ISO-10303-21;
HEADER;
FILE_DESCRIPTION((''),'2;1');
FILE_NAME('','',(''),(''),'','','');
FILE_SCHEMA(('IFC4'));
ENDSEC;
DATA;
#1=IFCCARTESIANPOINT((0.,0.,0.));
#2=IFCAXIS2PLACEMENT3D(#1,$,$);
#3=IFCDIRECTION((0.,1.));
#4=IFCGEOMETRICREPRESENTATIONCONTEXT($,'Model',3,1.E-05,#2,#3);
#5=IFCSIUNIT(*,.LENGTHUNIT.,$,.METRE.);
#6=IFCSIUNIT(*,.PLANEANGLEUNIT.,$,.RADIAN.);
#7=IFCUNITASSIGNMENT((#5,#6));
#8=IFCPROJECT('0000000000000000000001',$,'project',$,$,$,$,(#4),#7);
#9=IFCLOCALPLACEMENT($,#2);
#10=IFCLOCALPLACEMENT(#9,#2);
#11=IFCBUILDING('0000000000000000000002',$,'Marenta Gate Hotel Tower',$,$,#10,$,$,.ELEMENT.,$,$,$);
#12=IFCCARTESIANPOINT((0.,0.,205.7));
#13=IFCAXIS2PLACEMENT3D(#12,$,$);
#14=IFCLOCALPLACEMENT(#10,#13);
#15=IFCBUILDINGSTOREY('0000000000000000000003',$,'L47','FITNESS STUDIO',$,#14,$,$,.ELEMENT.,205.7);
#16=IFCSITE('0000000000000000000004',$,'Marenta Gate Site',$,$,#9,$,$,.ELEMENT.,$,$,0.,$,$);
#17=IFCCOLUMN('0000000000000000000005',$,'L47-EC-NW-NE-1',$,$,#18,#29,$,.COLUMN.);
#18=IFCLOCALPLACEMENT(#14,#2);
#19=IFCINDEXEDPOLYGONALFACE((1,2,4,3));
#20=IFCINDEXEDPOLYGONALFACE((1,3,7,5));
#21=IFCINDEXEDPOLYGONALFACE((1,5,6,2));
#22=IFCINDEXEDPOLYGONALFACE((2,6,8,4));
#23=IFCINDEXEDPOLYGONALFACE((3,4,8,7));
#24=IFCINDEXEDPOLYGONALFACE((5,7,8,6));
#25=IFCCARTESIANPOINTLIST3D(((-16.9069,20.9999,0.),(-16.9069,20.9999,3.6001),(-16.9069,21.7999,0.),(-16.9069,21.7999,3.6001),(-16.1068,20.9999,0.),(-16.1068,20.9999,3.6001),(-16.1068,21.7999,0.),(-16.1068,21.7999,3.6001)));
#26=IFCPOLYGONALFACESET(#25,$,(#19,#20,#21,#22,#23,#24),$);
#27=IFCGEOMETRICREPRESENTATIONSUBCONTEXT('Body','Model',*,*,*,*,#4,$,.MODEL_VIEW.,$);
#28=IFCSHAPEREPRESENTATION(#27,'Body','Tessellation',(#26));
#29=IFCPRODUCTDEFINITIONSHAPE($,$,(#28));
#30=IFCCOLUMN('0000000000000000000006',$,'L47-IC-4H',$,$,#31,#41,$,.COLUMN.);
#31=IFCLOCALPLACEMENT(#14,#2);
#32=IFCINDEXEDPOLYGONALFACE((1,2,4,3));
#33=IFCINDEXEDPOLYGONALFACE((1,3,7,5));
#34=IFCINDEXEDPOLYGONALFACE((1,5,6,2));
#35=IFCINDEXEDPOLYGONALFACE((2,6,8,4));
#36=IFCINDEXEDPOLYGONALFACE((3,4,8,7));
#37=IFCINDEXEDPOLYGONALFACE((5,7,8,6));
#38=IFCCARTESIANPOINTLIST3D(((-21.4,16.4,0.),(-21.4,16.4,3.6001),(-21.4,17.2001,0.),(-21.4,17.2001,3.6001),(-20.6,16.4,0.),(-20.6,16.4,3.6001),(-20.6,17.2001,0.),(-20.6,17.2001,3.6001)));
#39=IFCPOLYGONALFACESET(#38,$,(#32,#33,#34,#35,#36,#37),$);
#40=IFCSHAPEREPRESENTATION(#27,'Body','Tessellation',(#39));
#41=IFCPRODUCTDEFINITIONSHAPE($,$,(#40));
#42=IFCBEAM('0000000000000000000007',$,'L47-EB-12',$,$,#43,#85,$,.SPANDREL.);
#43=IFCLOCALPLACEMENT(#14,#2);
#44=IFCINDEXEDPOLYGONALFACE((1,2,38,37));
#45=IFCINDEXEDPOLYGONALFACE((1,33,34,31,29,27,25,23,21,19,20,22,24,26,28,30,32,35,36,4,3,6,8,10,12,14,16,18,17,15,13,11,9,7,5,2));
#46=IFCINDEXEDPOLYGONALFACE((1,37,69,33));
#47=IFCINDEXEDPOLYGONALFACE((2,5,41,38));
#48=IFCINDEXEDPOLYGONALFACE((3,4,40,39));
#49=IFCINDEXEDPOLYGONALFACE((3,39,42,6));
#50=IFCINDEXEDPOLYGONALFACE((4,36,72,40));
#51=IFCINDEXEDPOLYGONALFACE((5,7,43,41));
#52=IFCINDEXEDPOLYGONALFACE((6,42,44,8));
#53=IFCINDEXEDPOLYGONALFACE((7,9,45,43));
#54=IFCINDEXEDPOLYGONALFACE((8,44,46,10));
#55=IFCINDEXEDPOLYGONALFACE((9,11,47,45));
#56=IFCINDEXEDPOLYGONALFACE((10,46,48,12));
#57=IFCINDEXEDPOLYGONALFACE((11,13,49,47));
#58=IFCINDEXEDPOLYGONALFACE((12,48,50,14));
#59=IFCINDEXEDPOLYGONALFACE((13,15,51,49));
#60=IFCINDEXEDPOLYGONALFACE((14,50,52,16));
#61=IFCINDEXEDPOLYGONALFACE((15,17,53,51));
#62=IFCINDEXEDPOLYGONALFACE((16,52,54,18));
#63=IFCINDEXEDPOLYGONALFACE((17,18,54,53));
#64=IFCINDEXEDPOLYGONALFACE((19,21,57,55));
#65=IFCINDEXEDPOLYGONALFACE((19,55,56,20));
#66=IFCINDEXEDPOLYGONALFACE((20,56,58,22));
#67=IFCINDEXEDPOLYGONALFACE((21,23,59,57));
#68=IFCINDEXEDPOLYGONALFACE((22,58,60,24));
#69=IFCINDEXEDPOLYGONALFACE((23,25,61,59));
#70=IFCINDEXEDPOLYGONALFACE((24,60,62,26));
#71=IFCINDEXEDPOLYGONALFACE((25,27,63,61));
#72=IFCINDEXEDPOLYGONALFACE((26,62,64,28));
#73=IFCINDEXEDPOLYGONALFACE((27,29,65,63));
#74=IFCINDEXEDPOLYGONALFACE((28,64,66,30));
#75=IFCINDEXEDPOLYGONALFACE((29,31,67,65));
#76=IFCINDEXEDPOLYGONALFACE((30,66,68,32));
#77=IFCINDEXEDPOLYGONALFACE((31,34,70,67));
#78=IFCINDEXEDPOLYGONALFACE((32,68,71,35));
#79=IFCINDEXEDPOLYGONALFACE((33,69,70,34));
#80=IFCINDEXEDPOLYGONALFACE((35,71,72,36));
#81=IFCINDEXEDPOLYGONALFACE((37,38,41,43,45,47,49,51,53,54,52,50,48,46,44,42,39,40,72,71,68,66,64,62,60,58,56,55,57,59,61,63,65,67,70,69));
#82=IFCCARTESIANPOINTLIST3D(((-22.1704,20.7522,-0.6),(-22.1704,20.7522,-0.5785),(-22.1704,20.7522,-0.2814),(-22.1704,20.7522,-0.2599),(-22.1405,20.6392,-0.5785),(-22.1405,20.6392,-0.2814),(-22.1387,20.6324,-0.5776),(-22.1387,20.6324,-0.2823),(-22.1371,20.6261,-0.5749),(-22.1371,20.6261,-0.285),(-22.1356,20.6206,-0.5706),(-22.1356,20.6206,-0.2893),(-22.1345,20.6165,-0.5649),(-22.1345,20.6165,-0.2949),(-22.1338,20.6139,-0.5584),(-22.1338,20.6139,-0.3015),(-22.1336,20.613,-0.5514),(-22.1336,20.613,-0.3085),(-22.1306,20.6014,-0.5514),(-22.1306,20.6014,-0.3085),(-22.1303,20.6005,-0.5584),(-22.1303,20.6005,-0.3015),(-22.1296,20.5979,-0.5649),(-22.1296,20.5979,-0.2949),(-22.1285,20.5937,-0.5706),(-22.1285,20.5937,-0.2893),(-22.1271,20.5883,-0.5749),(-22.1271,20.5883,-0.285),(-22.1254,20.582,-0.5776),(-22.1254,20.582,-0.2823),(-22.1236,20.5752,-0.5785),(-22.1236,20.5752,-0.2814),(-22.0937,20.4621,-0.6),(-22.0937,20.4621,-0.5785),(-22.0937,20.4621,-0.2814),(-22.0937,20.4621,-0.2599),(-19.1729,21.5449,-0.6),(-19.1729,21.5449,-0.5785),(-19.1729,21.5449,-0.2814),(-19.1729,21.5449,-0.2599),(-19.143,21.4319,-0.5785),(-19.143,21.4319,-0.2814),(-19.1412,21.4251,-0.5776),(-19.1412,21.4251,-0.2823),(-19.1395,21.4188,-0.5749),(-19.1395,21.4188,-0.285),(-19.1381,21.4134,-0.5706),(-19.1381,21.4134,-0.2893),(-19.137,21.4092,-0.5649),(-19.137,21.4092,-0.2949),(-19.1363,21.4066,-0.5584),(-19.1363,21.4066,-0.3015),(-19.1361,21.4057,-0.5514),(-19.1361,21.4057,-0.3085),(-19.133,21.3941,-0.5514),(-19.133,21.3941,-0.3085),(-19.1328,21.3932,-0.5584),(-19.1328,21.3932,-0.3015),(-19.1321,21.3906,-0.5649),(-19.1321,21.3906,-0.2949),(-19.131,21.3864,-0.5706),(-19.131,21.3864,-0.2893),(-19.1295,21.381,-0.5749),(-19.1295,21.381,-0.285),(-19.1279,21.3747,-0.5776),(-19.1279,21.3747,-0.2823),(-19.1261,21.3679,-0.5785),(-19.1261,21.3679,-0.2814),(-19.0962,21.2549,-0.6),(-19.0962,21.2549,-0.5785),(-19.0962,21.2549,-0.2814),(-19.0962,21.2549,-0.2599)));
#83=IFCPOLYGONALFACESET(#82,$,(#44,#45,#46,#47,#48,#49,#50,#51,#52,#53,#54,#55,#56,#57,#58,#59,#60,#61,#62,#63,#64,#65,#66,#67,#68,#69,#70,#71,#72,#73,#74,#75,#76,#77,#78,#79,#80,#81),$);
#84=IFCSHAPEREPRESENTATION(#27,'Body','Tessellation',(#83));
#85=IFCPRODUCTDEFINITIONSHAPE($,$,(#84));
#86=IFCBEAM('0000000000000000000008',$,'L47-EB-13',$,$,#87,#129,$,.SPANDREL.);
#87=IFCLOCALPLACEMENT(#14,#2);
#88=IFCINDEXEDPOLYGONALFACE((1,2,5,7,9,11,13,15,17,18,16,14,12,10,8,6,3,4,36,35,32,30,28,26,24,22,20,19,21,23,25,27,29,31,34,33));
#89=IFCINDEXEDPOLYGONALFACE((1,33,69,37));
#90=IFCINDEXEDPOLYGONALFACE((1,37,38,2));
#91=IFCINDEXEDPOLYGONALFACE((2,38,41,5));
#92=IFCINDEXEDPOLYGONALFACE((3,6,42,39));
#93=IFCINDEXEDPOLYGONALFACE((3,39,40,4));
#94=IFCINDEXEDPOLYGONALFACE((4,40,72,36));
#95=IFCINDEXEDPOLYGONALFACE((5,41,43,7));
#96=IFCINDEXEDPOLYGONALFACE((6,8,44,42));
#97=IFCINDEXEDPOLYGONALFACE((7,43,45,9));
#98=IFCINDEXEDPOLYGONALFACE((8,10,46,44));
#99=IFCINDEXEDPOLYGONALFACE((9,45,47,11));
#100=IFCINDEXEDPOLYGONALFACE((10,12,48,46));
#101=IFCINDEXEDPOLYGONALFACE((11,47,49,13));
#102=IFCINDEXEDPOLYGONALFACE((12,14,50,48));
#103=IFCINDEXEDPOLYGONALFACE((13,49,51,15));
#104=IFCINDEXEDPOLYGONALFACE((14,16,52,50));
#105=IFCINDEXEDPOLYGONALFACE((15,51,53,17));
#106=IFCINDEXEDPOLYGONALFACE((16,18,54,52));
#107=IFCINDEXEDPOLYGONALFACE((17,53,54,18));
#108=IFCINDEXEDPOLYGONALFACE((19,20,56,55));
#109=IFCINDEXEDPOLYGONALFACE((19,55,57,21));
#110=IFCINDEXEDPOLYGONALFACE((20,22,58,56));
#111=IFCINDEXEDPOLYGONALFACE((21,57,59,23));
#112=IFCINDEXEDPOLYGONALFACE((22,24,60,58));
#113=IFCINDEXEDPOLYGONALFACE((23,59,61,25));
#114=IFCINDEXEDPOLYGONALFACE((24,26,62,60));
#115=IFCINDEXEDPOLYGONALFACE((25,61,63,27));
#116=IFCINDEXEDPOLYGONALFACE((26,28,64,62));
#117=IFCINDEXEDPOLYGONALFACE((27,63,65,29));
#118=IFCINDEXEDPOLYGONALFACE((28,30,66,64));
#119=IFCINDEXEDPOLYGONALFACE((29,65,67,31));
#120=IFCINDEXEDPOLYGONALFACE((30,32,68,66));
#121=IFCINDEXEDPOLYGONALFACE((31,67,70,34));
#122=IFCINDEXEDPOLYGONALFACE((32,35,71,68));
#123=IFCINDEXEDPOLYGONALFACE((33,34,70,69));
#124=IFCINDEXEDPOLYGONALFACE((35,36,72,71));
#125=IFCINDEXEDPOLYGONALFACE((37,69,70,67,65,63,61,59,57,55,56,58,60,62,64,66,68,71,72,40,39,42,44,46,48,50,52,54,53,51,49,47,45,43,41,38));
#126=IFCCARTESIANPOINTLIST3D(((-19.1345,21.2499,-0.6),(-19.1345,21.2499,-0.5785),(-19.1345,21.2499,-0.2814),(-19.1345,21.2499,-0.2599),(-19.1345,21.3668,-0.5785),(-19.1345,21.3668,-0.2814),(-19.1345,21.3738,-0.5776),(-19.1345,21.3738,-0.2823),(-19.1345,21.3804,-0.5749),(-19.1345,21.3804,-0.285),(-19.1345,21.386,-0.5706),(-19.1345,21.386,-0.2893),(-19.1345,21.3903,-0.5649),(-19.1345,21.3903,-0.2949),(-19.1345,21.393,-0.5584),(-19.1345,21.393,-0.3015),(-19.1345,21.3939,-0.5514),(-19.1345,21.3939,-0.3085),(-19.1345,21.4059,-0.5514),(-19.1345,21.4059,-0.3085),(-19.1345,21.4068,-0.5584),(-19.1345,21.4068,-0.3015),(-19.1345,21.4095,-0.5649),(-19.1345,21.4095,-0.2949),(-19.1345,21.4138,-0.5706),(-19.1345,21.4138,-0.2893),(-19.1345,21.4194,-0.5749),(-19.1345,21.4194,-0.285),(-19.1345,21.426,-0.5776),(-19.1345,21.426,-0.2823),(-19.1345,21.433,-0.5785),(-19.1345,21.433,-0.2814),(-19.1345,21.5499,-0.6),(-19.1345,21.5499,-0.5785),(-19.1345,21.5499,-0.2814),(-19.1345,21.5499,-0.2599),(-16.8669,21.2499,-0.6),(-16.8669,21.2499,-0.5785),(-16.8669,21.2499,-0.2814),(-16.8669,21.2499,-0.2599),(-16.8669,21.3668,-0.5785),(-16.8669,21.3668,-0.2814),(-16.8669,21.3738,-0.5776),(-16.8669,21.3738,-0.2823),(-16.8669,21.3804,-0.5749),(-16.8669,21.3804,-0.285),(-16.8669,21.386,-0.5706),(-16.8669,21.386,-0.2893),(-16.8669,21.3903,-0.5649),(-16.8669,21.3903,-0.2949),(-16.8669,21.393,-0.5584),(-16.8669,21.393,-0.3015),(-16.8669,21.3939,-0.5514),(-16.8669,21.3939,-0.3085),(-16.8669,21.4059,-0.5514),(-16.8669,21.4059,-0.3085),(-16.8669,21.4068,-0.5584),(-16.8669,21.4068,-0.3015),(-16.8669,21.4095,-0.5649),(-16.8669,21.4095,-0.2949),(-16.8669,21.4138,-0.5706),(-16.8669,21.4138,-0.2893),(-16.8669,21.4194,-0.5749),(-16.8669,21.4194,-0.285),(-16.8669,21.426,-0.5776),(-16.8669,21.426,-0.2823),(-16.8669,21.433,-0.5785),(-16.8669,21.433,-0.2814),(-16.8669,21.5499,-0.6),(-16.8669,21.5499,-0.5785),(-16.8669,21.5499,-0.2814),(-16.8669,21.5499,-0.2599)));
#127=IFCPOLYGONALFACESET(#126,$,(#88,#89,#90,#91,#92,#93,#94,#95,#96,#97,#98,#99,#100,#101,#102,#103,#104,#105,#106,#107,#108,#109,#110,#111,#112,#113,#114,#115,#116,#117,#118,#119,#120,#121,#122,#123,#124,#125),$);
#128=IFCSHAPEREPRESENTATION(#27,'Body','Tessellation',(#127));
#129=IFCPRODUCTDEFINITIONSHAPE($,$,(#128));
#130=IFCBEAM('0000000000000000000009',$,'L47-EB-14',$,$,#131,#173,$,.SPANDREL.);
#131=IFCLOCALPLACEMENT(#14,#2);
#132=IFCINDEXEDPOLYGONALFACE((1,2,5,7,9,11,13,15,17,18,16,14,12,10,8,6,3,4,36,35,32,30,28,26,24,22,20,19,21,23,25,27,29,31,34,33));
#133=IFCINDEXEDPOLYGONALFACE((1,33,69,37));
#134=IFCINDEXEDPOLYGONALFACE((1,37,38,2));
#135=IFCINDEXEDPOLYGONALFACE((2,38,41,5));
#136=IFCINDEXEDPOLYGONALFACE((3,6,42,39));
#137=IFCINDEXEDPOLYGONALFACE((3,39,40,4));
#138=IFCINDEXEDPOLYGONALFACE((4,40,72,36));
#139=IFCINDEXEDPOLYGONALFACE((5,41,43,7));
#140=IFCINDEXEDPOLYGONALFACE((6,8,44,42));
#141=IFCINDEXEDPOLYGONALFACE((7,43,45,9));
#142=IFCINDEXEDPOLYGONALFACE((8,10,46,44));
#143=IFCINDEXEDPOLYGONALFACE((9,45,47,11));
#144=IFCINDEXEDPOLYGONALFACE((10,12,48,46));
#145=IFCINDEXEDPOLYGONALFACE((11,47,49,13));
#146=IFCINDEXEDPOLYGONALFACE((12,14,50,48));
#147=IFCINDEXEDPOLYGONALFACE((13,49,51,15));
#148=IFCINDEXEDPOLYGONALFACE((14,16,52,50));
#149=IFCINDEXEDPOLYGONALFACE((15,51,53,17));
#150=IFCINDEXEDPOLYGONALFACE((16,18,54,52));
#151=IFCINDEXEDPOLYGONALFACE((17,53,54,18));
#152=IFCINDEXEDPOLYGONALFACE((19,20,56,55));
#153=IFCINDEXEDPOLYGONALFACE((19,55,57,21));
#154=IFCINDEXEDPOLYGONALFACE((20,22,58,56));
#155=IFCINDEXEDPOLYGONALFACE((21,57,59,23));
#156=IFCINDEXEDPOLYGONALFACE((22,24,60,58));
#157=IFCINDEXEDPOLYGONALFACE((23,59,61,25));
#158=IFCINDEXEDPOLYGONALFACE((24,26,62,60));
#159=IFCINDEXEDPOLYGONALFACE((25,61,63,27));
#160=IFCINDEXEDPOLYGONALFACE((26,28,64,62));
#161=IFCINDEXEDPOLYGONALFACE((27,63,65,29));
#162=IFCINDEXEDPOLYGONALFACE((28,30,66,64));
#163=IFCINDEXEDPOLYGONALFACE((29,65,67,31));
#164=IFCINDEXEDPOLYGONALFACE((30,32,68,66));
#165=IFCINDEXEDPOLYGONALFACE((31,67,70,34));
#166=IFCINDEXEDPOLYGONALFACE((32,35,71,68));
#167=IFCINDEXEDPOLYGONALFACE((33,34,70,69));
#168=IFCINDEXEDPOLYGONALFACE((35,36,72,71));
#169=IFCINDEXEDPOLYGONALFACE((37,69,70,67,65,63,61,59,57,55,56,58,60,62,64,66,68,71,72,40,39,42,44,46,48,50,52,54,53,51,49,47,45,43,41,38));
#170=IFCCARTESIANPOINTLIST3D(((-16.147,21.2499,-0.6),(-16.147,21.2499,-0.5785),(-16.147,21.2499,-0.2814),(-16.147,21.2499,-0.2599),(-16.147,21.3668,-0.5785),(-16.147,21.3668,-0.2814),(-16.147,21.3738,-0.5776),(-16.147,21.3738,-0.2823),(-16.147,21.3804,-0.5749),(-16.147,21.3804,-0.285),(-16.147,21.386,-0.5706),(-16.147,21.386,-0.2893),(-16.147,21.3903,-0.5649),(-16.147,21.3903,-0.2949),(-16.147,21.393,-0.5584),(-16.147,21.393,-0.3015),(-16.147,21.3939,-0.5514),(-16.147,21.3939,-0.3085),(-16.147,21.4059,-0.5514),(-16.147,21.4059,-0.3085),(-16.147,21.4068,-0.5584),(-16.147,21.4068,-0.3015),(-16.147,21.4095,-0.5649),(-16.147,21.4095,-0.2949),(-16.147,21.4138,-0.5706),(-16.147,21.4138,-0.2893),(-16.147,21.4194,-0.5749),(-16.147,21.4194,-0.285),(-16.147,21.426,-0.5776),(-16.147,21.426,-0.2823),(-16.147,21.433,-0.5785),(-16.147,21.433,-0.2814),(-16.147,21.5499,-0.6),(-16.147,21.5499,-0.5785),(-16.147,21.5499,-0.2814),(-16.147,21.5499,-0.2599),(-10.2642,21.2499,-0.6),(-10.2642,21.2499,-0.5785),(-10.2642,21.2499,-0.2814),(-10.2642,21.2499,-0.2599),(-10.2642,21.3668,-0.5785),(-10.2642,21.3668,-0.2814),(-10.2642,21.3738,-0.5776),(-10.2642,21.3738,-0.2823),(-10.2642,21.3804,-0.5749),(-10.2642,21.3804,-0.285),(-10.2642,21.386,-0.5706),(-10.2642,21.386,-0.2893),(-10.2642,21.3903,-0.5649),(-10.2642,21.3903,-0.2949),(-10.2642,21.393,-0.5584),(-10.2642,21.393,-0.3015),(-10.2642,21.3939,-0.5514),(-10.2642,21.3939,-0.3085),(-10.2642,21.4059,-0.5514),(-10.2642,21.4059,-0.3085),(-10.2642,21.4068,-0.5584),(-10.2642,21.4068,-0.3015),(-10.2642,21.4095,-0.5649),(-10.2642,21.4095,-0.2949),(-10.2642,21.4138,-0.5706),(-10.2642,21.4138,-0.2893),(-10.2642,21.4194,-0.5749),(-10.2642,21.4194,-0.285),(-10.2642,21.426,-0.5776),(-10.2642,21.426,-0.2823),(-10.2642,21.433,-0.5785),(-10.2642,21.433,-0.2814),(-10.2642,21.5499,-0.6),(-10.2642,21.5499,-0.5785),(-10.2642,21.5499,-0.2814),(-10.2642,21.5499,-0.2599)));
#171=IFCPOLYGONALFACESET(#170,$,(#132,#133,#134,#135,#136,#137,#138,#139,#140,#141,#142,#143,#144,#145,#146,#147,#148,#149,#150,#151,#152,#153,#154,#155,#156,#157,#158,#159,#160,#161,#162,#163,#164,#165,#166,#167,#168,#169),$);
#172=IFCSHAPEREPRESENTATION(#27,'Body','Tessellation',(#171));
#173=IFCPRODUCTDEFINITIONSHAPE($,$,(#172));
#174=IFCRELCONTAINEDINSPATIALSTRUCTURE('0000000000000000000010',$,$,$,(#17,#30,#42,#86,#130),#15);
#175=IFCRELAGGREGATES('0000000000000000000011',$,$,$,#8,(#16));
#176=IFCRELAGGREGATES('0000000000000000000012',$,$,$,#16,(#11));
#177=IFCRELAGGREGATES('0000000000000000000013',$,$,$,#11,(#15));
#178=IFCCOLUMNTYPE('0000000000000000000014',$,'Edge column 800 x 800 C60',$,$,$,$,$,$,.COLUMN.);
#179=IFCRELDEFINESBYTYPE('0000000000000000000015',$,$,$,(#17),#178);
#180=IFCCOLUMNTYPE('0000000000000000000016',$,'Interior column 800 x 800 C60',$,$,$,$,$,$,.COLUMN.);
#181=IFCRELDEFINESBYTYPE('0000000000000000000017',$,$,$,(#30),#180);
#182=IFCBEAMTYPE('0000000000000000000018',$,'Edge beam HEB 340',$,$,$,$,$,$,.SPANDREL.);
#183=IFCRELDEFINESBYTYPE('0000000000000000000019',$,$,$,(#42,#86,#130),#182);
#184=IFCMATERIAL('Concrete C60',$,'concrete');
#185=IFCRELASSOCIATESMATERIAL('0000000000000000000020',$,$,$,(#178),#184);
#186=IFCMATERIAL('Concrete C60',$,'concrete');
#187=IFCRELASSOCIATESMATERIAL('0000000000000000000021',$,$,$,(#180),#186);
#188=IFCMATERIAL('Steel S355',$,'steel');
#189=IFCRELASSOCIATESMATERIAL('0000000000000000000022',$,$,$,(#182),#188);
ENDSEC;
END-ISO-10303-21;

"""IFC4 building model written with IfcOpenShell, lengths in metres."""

from ifc_helpers import new_model, si_unit, direction, frame, origin, origin_2d, place, context, subcontext, project, spatial, rectangle, i_section, extrude, material, material_profile, profile_set, type_object, element, save


model = new_model("IFC4")

# Units and contexts
model_context = context("Model", 3, precision=1e-05, world=origin(), true_north=direction((0.0, 1.0)))
body_context = subcontext(model_context, "Body", "Model", "MODEL_VIEW")
ifc_project = project(units=[si_unit("LENGTHUNIT", "METRE"), si_unit("PLANEANGLEUNIT", "RADIAN")], contexts=[model_context])

# Site, building, storey
site_placement = place(None, origin())
site = spatial("IfcSite", under=ifc_project, at=site_placement, Name="Marenta Gate Site", CompositionType="ELEMENT", RefElevation=0.0)
building_placement = place(site_placement, origin())
building = spatial("IfcBuilding", under=site, at=building_placement, Name="Marenta Gate Hotel Tower", CompositionType="ELEMENT")
storey_placement = place(building_placement, frame((0.0, 0.0, 205.7)))
storey = spatial("IfcBuildingStorey", under=building, at=storey_placement, Name="L47", Description="FITNESS STUDIO", CompositionType="ELEMENT", Elevation=205.7)

# Columns
ifc_material_1 = material(Name="Concrete C60", Category="concrete")
ifc_material_profile_1 = material_profile(ifc_material_1, rectangle(XDim=0.8, YDim=0.8, at=origin_2d()), Name="800 x 800")
ifc_profile_set_1 = profile_set([ifc_material_profile_1], Name="Concrete C60")
column_type_1 = type_object("IfcColumnType", Name="Edge column 800 x 800 C60", PredefinedType="COLUMN", material=ifc_profile_set_1)
column_1_placement = place(storey_placement, frame((-16.5068, 21.3999, 0.0), z_axis=(0.0, 0.0, 1.0), x_axis=(1.0, 0.0, 0.0)))
element("IfcColumn", 1, at=column_1_placement, inside=storey, type_object=column_type_1, Name="L47-EC-NW-NE-1", PredefinedType="COLUMN", context=body_context, shape_type="SweptSolid", body=[
    extrude(rectangle(XDim=0.8, YDim=0.8, at=origin_2d()), origin(), (0.0, 0.0, 1.0), 3.6001),
])
ifc_material_2 = material(Name="Concrete C60", Category="concrete")
ifc_material_profile_2 = material_profile(ifc_material_2, rectangle(XDim=0.8, YDim=0.8, at=origin_2d()), Name="800 x 800")
ifc_profile_set_2 = profile_set([ifc_material_profile_2], Name="Concrete C60")
column_type_2 = type_object("IfcColumnType", Name="Interior column 800 x 800 C60", PredefinedType="COLUMN", material=ifc_profile_set_2)
column_2_placement = place(storey_placement, frame((-21.0, 16.8, 0.0), z_axis=(0.0, 0.0, 1.0), x_axis=(1.0, 0.0, 0.0)))
element("IfcColumn", 2, at=column_2_placement, inside=storey, type_object=column_type_2, Name="L47-IC-4H", PredefinedType="COLUMN", context=body_context, shape_type="SweptSolid", body=[
    extrude(rectangle(XDim=0.8, YDim=0.8, at=origin_2d()), origin(), (0.0, 0.0, 1.0), 3.6001),
])

# Beams
ifc_material_3 = material(Name="Steel S355", Category="steel")
ifc_material_profile_3 = material_profile(ifc_material_3, i_section(OverallWidth=0.3, OverallDepth=0.3401, WebThickness=0.012, FlangeThickness=0.0215, FilletRadius=0.0271, at=origin_2d()), Name="HEB 340")
ifc_profile_set_3 = profile_set([ifc_material_profile_3], Name="Steel S355")
beam_type_1 = type_object("IfcBeamType", Name="Edge beam HEB 340", PredefinedType="SPANDREL", material=ifc_profile_set_3)
beam_1_placement = place(storey_placement, frame((-22.1321, 20.6072, -0.4299), z_axis=(0.966765, 0.255667, 0.0), x_axis=(-0.255667, 0.966765, 0.0)))
element("IfcBeam", 3, at=beam_1_placement, inside=storey, type_object=beam_type_1, Name="L47-EB-12", PredefinedType="SPANDREL", context=body_context, shape_type="SweptSolid", body=[
    extrude(i_section(OverallWidth=0.3, OverallDepth=0.3401, WebThickness=0.012, FlangeThickness=0.0215, FilletRadius=0.0271, at=origin_2d()), origin(), (0.0, 0.0, 1.0), 3.1006),
])
beam_2_placement = place(storey_placement, frame((-19.1345, 21.3999, -0.4299), z_axis=(1.0, 0.0, 0.0), x_axis=(0.0, 1.0, 0.0)))
element("IfcBeam", 4, at=beam_2_placement, inside=storey, type_object=beam_type_1, Name="L47-EB-13", PredefinedType="SPANDREL", context=body_context, shape_type="SweptSolid", body=[
    extrude(i_section(OverallWidth=0.3, OverallDepth=0.3401, WebThickness=0.012, FlangeThickness=0.0215, FilletRadius=0.0271, at=origin_2d()), origin(), (0.0, 0.0, 1.0), 2.2676),
])
beam_3_placement = place(storey_placement, frame((-16.147, 21.3999, -0.4299), z_axis=(1.0, 0.0, 0.0), x_axis=(0.0, 1.0, 0.0)))
element("IfcBeam", 5, at=beam_3_placement, inside=storey, type_object=beam_type_1, Name="L47-EB-14", PredefinedType="SPANDREL", context=body_context, shape_type="SweptSolid", body=[
    extrude(i_section(OverallWidth=0.3, OverallDepth=0.3401, WebThickness=0.012, FlangeThickness=0.0215, FilletRadius=0.0271, at=origin_2d()), origin(), (0.0, 0.0, 1.0), 5.8828),
])

save(model, "model.ifc")
